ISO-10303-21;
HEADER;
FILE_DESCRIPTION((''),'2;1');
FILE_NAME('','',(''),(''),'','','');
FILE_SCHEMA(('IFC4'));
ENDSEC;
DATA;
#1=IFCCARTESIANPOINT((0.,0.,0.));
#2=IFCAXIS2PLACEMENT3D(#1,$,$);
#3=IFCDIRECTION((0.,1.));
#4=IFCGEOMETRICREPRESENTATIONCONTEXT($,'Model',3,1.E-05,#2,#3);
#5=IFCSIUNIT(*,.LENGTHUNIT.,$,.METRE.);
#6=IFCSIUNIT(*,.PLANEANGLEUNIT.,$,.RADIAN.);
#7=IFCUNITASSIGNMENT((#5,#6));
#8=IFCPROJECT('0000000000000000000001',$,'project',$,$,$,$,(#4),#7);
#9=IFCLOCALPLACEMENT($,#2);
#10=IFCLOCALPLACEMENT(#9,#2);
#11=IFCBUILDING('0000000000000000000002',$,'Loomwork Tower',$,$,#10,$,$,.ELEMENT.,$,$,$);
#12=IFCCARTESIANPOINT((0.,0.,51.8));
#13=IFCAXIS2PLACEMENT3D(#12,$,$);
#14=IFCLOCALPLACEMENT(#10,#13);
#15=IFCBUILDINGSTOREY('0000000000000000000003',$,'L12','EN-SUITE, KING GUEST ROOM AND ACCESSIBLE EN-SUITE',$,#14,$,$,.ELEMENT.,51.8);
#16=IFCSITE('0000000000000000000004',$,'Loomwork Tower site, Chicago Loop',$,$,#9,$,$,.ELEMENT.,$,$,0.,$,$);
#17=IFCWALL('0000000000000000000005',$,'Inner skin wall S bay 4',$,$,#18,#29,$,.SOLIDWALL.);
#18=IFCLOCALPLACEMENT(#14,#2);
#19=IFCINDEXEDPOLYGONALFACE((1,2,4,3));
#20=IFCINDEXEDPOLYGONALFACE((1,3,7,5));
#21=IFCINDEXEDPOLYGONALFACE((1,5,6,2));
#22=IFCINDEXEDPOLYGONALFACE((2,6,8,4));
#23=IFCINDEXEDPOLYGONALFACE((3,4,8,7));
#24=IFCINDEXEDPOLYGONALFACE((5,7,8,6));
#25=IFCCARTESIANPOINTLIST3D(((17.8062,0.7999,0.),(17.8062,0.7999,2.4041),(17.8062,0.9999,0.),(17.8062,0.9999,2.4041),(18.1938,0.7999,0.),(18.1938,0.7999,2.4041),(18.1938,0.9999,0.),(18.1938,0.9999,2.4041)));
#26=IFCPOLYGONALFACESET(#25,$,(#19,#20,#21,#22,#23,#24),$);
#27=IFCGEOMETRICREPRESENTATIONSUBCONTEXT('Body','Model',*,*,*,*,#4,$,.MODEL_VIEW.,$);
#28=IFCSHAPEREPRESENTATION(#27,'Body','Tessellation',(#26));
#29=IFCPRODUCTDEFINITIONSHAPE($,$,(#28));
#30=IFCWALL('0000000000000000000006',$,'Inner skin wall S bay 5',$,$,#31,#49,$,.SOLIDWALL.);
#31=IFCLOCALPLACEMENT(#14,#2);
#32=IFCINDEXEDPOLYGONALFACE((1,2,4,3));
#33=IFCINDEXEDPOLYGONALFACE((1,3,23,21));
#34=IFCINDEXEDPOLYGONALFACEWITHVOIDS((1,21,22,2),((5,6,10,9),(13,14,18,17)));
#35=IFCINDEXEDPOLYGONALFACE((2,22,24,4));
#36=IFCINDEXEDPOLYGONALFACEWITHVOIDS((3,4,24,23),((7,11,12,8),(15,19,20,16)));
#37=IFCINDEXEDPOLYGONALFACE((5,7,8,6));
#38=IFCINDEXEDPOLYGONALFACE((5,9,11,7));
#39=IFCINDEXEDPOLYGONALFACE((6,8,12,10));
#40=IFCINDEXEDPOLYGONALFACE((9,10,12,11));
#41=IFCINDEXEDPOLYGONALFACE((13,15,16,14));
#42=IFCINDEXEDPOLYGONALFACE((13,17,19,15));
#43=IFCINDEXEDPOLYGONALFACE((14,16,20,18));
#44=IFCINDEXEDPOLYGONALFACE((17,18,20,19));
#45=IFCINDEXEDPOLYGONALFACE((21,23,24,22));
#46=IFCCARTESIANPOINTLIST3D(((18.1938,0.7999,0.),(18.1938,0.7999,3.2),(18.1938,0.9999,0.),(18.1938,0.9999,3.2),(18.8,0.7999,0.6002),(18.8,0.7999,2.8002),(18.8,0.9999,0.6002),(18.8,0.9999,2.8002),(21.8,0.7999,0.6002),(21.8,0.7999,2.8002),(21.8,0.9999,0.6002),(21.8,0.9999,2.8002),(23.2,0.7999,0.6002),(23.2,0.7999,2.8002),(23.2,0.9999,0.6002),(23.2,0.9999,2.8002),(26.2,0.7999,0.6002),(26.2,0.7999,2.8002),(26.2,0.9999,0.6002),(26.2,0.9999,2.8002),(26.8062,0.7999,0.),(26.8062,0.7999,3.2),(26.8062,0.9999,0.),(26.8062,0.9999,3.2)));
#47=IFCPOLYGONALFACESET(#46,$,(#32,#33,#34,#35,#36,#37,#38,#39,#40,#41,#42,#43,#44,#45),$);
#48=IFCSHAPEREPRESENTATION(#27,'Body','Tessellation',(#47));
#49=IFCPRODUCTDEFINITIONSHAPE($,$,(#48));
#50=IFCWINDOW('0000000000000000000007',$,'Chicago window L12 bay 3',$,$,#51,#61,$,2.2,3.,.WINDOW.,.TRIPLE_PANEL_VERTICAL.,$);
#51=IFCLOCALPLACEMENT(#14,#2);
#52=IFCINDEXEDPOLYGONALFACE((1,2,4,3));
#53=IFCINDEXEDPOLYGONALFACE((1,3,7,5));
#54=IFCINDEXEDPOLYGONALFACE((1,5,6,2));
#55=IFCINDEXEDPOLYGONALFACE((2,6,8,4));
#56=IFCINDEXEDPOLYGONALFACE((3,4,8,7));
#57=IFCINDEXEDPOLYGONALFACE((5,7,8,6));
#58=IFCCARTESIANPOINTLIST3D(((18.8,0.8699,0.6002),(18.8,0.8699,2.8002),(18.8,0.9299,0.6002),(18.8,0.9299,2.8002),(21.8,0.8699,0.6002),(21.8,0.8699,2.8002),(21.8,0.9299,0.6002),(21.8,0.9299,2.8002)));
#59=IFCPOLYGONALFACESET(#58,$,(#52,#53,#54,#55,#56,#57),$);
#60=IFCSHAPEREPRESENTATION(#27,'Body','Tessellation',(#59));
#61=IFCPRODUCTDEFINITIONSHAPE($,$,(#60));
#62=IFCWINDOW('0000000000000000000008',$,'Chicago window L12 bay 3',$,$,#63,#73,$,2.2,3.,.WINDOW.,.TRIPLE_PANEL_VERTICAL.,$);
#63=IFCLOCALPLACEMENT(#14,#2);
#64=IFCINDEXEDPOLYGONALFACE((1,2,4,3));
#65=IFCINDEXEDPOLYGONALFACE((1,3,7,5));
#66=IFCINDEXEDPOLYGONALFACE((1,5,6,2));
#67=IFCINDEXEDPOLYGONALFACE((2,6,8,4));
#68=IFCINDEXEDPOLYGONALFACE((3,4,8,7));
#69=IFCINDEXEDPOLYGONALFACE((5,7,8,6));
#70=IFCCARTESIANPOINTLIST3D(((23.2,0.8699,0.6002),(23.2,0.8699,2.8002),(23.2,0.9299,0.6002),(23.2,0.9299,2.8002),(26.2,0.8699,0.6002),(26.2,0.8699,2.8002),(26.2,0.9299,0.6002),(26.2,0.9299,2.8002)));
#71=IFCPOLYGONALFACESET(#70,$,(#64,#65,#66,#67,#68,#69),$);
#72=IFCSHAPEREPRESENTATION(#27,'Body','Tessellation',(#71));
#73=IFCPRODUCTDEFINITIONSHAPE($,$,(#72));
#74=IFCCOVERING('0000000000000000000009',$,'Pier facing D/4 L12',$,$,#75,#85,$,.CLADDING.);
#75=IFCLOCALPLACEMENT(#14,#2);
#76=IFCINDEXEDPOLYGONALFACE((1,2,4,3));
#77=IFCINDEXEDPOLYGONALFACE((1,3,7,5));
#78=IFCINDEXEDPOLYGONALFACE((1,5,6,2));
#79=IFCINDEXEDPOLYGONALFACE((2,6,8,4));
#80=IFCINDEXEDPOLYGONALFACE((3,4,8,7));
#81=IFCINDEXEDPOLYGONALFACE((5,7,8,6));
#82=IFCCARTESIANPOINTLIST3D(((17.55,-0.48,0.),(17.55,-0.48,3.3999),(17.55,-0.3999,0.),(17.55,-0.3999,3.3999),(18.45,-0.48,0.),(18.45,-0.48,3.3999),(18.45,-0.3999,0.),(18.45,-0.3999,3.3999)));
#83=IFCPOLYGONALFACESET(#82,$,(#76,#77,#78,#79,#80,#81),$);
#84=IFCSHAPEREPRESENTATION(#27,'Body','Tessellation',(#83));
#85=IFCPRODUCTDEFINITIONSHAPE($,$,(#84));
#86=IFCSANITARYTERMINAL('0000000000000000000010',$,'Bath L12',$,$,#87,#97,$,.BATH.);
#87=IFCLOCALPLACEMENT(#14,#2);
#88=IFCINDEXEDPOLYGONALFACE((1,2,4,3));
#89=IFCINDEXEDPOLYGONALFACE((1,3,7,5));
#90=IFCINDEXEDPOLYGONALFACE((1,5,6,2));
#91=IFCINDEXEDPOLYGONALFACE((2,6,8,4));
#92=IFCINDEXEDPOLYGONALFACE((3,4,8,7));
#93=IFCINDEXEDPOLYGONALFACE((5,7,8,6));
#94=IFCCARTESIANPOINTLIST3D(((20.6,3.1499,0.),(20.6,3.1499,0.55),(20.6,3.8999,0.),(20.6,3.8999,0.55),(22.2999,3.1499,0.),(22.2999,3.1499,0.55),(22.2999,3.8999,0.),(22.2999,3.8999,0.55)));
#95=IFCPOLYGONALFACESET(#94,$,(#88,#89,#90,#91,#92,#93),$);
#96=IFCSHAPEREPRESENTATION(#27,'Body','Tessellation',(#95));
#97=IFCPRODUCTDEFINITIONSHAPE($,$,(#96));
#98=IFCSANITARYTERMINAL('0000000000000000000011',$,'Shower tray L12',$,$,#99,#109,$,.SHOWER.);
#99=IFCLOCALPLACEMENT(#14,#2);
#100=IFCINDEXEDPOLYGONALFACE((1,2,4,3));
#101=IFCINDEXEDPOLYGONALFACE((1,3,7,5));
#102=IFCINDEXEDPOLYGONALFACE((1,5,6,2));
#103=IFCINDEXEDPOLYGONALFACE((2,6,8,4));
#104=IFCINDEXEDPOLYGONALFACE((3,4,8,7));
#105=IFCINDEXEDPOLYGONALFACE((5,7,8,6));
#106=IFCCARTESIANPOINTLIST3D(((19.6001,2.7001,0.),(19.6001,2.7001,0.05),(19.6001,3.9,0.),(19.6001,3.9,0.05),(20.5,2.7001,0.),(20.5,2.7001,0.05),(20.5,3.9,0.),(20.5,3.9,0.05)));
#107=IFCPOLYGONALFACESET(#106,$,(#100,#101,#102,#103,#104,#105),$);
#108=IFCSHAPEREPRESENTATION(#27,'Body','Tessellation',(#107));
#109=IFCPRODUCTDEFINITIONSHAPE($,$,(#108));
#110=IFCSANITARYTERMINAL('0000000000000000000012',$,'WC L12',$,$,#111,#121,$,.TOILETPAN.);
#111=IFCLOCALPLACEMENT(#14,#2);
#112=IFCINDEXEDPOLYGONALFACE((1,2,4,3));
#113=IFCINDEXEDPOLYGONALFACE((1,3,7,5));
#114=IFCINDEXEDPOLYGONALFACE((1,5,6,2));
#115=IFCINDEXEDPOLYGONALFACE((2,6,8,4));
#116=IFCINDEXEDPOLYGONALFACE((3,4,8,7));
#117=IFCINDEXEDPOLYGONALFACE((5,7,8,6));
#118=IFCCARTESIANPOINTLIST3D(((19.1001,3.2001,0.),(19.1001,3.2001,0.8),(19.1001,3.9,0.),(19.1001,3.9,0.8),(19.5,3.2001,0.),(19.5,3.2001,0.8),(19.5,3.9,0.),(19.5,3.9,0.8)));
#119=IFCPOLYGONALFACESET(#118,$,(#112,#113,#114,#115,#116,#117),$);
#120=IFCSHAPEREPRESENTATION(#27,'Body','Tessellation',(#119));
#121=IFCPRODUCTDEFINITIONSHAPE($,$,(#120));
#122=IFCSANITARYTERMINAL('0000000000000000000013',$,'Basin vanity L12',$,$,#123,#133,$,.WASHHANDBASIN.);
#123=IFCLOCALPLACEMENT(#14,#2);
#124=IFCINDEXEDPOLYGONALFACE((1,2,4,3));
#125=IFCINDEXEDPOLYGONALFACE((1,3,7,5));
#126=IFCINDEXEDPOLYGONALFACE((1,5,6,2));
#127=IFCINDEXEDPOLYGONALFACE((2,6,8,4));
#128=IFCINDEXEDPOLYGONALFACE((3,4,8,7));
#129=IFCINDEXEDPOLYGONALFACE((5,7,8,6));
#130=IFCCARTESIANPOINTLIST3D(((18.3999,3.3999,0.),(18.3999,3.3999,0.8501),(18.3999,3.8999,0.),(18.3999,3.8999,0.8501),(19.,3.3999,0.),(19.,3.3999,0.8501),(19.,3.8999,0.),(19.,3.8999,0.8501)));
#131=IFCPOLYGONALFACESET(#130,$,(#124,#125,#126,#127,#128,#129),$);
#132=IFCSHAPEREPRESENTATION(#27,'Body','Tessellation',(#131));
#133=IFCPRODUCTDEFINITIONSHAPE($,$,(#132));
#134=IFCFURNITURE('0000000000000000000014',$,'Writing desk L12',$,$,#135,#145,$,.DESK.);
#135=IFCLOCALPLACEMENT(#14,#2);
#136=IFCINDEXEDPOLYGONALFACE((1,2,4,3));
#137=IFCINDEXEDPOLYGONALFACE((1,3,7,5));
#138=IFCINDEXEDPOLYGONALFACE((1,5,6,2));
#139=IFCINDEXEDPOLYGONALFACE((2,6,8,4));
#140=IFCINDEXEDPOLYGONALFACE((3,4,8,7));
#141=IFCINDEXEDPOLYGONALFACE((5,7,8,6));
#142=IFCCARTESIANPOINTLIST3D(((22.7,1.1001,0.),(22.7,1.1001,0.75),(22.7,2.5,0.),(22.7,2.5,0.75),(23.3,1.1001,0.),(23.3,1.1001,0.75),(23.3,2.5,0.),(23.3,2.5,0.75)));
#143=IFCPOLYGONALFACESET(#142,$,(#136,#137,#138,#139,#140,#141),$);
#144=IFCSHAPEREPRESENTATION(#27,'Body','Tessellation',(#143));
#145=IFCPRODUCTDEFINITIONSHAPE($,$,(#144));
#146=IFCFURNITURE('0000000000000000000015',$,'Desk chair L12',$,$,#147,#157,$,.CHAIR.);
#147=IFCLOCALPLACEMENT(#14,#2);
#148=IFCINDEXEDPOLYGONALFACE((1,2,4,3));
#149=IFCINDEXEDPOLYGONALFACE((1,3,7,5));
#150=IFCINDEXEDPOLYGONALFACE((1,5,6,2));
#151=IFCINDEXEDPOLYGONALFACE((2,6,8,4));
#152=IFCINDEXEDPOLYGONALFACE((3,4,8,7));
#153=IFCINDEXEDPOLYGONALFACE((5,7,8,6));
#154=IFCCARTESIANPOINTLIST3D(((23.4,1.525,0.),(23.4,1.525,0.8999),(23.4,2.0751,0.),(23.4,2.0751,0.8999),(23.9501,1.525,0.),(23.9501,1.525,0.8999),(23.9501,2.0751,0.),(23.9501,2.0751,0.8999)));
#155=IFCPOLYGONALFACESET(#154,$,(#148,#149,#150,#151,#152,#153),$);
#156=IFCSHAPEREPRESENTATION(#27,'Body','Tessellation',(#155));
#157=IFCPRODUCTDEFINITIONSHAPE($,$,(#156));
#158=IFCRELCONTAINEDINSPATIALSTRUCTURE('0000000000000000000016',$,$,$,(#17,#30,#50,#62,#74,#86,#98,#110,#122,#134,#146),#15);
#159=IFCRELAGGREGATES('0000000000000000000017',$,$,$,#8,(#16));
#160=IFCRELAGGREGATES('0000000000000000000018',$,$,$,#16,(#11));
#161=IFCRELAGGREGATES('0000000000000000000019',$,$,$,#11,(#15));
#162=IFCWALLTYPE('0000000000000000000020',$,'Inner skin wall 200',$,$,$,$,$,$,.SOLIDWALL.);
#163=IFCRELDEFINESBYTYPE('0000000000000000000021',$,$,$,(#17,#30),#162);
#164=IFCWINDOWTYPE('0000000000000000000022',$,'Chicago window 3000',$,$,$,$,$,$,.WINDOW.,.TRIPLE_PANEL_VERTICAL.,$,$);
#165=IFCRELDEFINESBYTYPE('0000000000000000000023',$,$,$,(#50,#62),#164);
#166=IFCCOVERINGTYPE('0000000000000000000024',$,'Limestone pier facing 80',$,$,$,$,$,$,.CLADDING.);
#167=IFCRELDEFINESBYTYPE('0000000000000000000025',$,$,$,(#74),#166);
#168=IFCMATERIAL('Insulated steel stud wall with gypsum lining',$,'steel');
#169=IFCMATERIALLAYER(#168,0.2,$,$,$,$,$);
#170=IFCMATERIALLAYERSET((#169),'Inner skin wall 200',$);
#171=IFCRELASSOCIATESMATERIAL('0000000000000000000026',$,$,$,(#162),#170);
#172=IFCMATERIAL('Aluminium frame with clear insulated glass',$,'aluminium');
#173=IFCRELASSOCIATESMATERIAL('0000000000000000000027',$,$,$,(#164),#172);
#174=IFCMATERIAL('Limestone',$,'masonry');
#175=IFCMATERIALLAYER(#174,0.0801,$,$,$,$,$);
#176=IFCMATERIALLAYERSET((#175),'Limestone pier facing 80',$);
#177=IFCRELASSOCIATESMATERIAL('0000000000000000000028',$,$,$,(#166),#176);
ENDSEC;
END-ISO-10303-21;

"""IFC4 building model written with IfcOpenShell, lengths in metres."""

from ifc_helpers import new_model, si_unit, direction, frame, frame_2d, origin, origin_2d, place, context, subcontext, project, spatial, rectangle, extrude, material, layer, layer_set, type_object, element, fill, save


model = new_model("IFC4")

# Units and contexts
model_context = context("Model", 3, precision=1e-05, world=origin(), true_north=direction((0.0, 1.0)))
body_context = subcontext(model_context, "Body", "Model", "MODEL_VIEW")
ifc_project = project(units=[si_unit("LENGTHUNIT", "METRE"), si_unit("PLANEANGLEUNIT", "RADIAN")], contexts=[model_context])

# Site, building, storey
site_placement = place(None, origin())
site = spatial("IfcSite", under=ifc_project, at=site_placement, Name="Loomwork Tower site, Chicago Loop", CompositionType="ELEMENT", RefElevation=0.0)
building_placement = place(site_placement, origin())
building = spatial("IfcBuilding", under=site, at=building_placement, Name="Loomwork Tower", CompositionType="ELEMENT")
storey_placement = place(building_placement, frame((0.0, 0.0, 51.8)))
storey = spatial("IfcBuildingStorey", under=building, at=storey_placement, Name="L12", Description="EN-SUITE, KING GUEST ROOM AND ACCESSIBLE EN-SUITE", CompositionType="ELEMENT", Elevation=51.8)

# Wall
ifc_material_1 = material(Name="Insulated steel stud wall with gypsum lining", Category="steel")
ifc_layer_1 = layer(ifc_material_1, 0.2)
ifc_layer_set_1 = layer_set([ifc_layer_1], Name="Inner skin wall 200")
wall_type_1 = type_object("IfcWallType", Name="Inner skin wall 200", PredefinedType="SOLIDWALL", material=ifc_layer_set_1)
wall_1_placement = place(storey_placement, frame((17.8062, 0.8999, 0.0), z_axis=(0.0, 0.0, 1.0), x_axis=(1.0, 0.0, 0.0)))
element("IfcWall", 1, at=wall_1_placement, inside=storey, type_object=wall_type_1, Name="Inner skin wall S bay 4", PredefinedType="SOLIDWALL", context=body_context, shape_type="SweptSolid", body=[
    extrude(rectangle(XDim=0.3877, YDim=0.2, at=frame_2d((0.1938, 0.0))), origin(), (0.0, 0.0, 1.0), 2.4041),
])

# Wall, openings, windows
wall_2_placement = place(storey_placement, frame((18.1938, 0.8999, 0.0), z_axis=(0.0, 0.0, 1.0), x_axis=(1.0, 0.0, 0.0)))
wall_2 = element("IfcWall", 2, at=wall_2_placement, inside=storey, type_object=wall_type_1, Name="Inner skin wall S bay 5", PredefinedType="SOLIDWALL", context=body_context, shape_type="SweptSolid", body=[
    extrude(rectangle(XDim=8.6123, YDim=0.2, at=frame_2d((4.3062, 0.0))), origin(), (0.0, 0.0, 1.0), 3.2),
])
opening_1_placement = place(wall_2_placement, frame((0.6062, 0.0, 0.6001)))
opening_1 = element("IfcOpeningElement", 3, at=opening_1_placement, cuts=wall_2, PredefinedType="OPENING", context=body_context, shape_type="SweptSolid", body=[
    extrude(rectangle(XDim=3.0, YDim=2.2, at=frame_2d((1.5, 1.1001))), frame((0.0, 0.1099, 0.0), z_axis=(0.0, -1.0, 0.0), x_axis=(1.0, 0.0, 0.0)), (0.0, 0.0, 1.0), 0.22),
])
opening_2_placement = place(wall_2_placement, frame((5.0061, 0.0, 0.6001)))
opening_2 = element("IfcOpeningElement", 4, at=opening_2_placement, cuts=wall_2, PredefinedType="OPENING", context=body_context, shape_type="SweptSolid", body=[
    extrude(rectangle(XDim=3.0, YDim=2.2, at=frame_2d((1.5, 1.1001))), frame((0.0, 0.1099, 0.0), z_axis=(0.0, -1.0, 0.0), x_axis=(1.0, 0.0, 0.0)), (0.0, 0.0, 1.0), 0.22),
])
ifc_material_2 = material(Name="Aluminium frame with clear insulated glass", Category="aluminium")
window_type = type_object("IfcWindowType", Name="Chicago window 3000", PartitioningType="TRIPLE_PANEL_VERTICAL", PredefinedType="WINDOW", material=ifc_material_2)
window_1_placement = place(opening_1_placement, origin())
window_1 = element("IfcWindow", 5, at=window_1_placement, inside=storey, type_object=window_type, Name="Chicago window L12 bay 3", OverallHeight=2.2, OverallWidth=3.0, PartitioningType="TRIPLE_PANEL_VERTICAL", PredefinedType="WINDOW", context=body_context, shape_type="SweptSolid", body=[
    extrude(rectangle(XDim=3.0, YDim=2.2, at=frame_2d((1.5, 1.1001))), frame((0.0, 0.03, 0.0), z_axis=(0.0, -1.0, 0.0), x_axis=(1.0, 0.0, 0.0)), (0.0, 0.0, 1.0), 0.0601),
])
fill(opening_1, window_1)
window_2_placement = place(opening_2_placement, origin())
window_2 = element("IfcWindow", 6, at=window_2_placement, inside=storey, type_object=window_type, Name="Chicago window L12 bay 3", OverallHeight=2.2, OverallWidth=3.0, PartitioningType="TRIPLE_PANEL_VERTICAL", PredefinedType="WINDOW", context=body_context, shape_type="SweptSolid", body=[
    extrude(rectangle(XDim=3.0, YDim=2.2, at=frame_2d((1.5, 1.1001))), frame((0.0, 0.03, 0.0), z_axis=(0.0, -1.0, 0.0), x_axis=(1.0, 0.0, 0.0)), (0.0, 0.0, 1.0), 0.0601),
])
fill(opening_2, window_2)

# Covering
ifc_material_3 = material(Name="Limestone", Category="masonry")
ifc_layer_2 = layer(ifc_material_3, 0.0801)
ifc_layer_set_2 = layer_set([ifc_layer_2], Name="Limestone pier facing 80")
covering_type = type_object("IfcCoveringType", Name="Limestone pier facing 80", PredefinedType="CLADDING", material=ifc_layer_set_2)
covering_placement = place(storey_placement, frame((18.0, -0.4399, 0.0), z_axis=(0.0, 0.0, 1.0), x_axis=(1.0, 0.0, 0.0)))
element("IfcCovering", 7, at=covering_placement, inside=storey, type_object=covering_type, Name="Pier facing D/4 L12", PredefinedType="CLADDING", context=body_context, shape_type="SweptSolid", body=[
    extrude(rectangle(XDim=0.8999, YDim=0.0801, at=origin_2d()), origin(), (0.0, 0.0, 1.0), 3.3999),
])

# Sanitary terminals
sanitary_terminal_1_placement = place(storey_placement, frame((21.45, 3.5249, 0.0), z_axis=(0.0, 0.0, 1.0), x_axis=(1.0, 0.0, 0.0)))
element("IfcSanitaryTerminal", 8, at=sanitary_terminal_1_placement, inside=storey, Name="Bath L12", PredefinedType="BATH", context=body_context, shape_type="SweptSolid", body=[
    extrude(rectangle(XDim=1.7, YDim=0.75, at=origin_2d()), origin(), (0.0, 0.0, 1.0), 0.55),
])
sanitary_terminal_2_placement = place(storey_placement, frame((20.05, 3.3, 0.0), z_axis=(0.0, 0.0, 1.0), x_axis=(1.0, 0.0, 0.0)))
element("IfcSanitaryTerminal", 9, at=sanitary_terminal_2_placement, inside=storey, Name="Shower tray L12", PredefinedType="SHOWER", context=body_context, shape_type="SweptSolid", body=[
    extrude(rectangle(XDim=0.8999, YDim=1.2, at=origin_2d()), origin(), (0.0, 0.0, 1.0), 0.05),
])
sanitary_terminal_3_placement = place(storey_placement, frame((19.3, 3.55, 0.0), z_axis=(0.0, 0.0, 1.0), x_axis=(1.0, 0.0, 0.0)))
element("IfcSanitaryTerminal", 10, at=sanitary_terminal_3_placement, inside=storey, Name="WC L12", PredefinedType="TOILETPAN", context=body_context, shape_type="SweptSolid", body=[
    extrude(rectangle(XDim=0.3999, YDim=0.7, at=origin_2d()), origin(), (0.0, 0.0, 1.0), 0.8),
])
sanitary_terminal_4_placement = place(storey_placement, frame((18.7, 3.6499, 0.0), z_axis=(0.0, 0.0, 1.0), x_axis=(1.0, 0.0, 0.0)))
element("IfcSanitaryTerminal", 11, at=sanitary_terminal_4_placement, inside=storey, Name="Basin vanity L12", PredefinedType="WASHHANDBASIN", context=body_context, shape_type="SweptSolid", body=[
    extrude(rectangle(XDim=0.6001, YDim=0.5, at=origin_2d()), origin(), (0.0, 0.0, 1.0), 0.8501),
])

# Furniture
furniture_1_placement = place(storey_placement, frame((23.0, 1.8, 0.0), z_axis=(0.0, 0.0, 1.0), x_axis=(1.0, 0.0, 0.0)))
element("IfcFurniture", 12, at=furniture_1_placement, inside=storey, Name="Writing desk L12", PredefinedType="DESK", context=body_context, shape_type="SweptSolid", body=[
    extrude(rectangle(XDim=0.6001, YDim=1.3999, at=origin_2d()), origin(), (0.0, 0.0, 1.0), 0.75),
])
furniture_2_placement = place(storey_placement, frame((23.675, 1.8, 0.0), z_axis=(0.0, 0.0, 1.0), x_axis=(1.0, 0.0, 0.0)))
element("IfcFurniture", 13, at=furniture_2_placement, inside=storey, Name="Desk chair L12", PredefinedType="CHAIR", context=body_context, shape_type="SweptSolid", body=[
    extrude(rectangle(XDim=0.55, YDim=0.55, at=origin_2d()), origin(), (0.0, 0.0, 1.0), 0.8999),
])

save(model, "model.ifc")
